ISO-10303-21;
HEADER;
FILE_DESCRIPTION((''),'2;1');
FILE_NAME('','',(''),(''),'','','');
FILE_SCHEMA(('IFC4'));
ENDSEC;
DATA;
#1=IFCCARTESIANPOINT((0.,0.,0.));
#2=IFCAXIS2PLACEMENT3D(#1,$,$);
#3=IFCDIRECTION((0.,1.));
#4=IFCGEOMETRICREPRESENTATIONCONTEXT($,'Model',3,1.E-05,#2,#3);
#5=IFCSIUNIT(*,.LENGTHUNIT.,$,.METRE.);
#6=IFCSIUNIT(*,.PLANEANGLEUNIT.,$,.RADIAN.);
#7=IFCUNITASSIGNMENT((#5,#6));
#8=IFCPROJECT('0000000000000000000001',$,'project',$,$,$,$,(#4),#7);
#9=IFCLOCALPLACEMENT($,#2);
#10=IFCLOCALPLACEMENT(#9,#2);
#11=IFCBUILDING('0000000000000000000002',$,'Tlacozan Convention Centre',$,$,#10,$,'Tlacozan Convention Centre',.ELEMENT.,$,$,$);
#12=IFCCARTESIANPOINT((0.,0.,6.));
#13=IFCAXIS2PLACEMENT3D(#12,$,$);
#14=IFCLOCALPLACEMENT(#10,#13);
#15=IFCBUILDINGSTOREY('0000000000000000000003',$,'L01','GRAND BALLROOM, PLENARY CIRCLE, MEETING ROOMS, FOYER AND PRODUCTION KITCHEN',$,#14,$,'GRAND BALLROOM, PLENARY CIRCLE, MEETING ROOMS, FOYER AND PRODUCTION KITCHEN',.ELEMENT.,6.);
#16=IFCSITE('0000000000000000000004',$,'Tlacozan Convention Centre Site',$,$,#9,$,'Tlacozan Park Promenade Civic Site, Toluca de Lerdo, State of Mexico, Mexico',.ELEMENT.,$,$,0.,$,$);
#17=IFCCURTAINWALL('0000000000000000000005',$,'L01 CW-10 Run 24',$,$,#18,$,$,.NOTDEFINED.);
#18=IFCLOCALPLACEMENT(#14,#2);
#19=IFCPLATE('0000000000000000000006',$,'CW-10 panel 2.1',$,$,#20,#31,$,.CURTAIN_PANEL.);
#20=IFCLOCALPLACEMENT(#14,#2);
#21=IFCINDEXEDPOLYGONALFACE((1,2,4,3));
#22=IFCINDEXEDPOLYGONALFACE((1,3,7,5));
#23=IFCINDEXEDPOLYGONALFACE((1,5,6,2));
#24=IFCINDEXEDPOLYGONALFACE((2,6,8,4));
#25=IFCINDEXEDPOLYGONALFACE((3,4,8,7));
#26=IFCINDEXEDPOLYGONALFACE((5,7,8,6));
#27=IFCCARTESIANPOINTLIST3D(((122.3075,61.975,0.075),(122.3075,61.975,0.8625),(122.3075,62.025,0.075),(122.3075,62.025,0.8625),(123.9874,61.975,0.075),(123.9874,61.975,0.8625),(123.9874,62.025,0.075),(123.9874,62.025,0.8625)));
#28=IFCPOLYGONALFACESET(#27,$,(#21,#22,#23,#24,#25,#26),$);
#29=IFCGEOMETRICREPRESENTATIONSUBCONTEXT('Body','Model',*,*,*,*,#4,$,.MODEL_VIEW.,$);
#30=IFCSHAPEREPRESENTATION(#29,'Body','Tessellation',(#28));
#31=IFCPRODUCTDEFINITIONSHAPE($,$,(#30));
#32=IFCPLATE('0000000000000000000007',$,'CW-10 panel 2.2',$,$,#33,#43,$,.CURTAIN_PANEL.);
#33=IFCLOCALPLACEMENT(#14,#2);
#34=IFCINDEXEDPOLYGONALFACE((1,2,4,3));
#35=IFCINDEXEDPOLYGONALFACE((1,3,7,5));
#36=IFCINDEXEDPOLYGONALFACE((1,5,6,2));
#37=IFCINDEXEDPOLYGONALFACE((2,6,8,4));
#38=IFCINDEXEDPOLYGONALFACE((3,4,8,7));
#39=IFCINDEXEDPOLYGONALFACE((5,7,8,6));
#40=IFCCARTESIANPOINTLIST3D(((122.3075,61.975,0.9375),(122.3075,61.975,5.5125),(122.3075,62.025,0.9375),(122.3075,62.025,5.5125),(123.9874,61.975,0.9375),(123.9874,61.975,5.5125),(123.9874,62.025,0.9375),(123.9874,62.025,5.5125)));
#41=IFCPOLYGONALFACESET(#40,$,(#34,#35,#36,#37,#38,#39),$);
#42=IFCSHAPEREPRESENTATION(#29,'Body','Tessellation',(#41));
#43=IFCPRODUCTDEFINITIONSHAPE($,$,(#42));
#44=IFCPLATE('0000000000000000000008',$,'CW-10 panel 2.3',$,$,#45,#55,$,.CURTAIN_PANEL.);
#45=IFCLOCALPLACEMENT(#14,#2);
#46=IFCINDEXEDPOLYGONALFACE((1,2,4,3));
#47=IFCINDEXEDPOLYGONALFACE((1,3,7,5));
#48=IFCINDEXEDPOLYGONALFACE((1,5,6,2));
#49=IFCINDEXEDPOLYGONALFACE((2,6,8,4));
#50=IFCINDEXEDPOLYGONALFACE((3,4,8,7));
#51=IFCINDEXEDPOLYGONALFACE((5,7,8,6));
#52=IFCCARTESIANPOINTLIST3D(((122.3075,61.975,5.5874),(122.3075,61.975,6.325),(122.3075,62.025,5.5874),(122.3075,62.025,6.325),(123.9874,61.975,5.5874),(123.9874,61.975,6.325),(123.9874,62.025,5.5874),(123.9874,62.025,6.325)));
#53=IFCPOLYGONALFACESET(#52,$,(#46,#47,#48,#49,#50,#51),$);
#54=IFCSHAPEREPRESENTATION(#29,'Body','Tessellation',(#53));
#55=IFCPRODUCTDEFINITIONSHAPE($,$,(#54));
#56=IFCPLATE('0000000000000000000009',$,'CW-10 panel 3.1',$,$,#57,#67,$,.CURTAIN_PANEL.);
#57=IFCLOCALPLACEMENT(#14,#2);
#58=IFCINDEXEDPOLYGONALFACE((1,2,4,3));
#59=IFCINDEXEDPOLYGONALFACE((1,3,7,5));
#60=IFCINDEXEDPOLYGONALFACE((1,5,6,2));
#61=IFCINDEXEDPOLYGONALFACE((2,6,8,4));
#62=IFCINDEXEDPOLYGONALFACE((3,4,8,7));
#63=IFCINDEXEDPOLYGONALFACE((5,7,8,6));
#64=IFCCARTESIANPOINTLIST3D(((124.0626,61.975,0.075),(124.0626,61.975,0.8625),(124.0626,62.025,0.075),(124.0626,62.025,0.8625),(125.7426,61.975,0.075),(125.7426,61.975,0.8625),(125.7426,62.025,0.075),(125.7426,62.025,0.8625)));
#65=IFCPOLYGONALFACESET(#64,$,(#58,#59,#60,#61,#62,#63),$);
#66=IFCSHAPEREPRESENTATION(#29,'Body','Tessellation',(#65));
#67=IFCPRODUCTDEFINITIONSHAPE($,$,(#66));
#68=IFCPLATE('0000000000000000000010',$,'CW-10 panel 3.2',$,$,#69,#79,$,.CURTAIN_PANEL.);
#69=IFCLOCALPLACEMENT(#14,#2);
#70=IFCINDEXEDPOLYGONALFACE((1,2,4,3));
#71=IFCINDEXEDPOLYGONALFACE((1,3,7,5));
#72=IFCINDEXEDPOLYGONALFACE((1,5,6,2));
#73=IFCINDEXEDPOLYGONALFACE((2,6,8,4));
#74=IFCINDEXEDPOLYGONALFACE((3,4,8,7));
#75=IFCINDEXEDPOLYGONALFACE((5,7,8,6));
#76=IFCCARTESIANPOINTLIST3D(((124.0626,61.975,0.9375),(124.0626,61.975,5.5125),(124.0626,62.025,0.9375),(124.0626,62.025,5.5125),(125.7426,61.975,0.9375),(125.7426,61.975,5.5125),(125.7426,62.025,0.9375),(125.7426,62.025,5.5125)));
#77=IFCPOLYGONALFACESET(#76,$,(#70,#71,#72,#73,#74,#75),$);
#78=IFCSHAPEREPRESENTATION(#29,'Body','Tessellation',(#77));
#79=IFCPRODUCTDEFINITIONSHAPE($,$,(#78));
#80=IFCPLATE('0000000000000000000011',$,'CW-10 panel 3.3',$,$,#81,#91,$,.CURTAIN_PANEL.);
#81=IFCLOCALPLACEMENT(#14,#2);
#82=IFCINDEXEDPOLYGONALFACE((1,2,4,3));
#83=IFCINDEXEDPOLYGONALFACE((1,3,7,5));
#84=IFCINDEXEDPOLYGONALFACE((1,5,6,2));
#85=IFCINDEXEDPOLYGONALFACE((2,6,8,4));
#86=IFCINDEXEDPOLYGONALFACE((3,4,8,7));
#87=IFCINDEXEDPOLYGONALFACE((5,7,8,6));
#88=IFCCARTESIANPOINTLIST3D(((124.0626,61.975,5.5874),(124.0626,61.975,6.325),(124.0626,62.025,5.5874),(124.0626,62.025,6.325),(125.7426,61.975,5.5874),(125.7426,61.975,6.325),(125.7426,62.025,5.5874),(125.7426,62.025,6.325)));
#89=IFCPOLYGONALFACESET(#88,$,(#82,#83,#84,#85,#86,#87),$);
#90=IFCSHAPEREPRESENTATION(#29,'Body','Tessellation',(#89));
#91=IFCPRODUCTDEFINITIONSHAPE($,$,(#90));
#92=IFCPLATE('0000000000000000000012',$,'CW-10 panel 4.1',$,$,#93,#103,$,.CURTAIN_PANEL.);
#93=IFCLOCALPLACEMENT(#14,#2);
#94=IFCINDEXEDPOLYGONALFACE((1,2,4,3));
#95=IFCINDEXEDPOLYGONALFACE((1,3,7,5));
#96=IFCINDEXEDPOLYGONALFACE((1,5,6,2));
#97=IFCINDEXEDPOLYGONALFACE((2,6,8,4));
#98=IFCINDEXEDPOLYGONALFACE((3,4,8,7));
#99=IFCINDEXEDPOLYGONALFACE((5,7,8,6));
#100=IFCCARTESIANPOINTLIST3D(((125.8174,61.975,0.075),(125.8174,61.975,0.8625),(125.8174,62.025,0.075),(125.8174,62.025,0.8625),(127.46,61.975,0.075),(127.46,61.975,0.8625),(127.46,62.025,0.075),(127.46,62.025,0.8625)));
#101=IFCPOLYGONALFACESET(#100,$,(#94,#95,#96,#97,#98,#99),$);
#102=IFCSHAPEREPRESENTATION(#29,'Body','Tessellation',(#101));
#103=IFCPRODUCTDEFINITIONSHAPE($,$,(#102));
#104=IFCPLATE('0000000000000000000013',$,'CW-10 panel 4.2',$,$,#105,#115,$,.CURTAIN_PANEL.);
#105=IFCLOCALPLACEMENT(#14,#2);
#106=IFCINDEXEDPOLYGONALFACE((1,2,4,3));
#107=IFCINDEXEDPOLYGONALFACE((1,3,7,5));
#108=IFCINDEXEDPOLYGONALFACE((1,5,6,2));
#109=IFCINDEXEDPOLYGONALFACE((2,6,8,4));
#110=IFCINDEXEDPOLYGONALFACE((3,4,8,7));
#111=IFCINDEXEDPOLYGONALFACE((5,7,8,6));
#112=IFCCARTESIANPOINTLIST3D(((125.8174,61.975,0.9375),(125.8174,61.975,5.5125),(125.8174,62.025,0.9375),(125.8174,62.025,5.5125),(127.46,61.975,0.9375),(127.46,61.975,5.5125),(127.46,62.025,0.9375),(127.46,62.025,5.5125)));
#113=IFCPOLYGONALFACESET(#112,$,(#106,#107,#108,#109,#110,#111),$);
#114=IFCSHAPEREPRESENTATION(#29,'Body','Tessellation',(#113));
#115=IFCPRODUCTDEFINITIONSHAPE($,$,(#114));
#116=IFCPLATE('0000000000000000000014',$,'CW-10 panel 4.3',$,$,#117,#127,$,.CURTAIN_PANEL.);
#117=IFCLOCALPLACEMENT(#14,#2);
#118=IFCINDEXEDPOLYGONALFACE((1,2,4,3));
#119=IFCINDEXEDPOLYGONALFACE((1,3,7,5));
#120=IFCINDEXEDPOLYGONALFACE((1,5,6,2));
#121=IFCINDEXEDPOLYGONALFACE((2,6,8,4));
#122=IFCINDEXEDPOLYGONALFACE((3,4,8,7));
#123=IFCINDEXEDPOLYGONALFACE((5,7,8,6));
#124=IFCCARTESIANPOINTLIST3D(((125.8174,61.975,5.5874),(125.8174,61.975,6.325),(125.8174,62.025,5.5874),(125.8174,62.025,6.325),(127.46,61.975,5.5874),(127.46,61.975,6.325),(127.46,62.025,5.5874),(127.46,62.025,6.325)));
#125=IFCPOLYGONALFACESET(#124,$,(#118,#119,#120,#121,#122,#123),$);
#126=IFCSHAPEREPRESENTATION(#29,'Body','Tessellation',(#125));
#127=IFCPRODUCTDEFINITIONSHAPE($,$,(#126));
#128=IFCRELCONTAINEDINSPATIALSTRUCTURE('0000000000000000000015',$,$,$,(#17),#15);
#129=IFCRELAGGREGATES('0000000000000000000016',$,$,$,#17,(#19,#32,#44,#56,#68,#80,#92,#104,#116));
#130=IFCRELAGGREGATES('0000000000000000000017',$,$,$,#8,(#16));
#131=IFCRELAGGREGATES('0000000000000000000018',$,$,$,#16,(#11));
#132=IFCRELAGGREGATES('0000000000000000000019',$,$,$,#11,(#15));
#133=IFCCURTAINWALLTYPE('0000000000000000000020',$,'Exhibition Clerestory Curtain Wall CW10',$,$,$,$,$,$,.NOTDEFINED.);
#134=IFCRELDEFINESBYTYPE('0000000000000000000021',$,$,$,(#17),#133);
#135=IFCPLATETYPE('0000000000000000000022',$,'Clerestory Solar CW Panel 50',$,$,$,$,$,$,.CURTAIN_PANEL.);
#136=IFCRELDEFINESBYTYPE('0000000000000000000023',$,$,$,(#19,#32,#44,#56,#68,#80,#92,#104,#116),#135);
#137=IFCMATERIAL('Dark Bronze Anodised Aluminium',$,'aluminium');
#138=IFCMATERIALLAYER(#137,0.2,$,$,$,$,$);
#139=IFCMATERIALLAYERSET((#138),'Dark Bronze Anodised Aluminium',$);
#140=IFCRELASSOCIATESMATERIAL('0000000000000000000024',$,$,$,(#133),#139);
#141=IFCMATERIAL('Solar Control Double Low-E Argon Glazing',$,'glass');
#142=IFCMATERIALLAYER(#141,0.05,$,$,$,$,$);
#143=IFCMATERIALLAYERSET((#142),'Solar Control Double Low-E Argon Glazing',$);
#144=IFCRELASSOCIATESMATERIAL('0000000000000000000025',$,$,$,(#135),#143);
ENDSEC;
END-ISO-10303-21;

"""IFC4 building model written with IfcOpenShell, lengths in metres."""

from ifc_helpers import new_model, si_unit, direction, frame, origin, origin_2d, place, context, subcontext, project, spatial, rectangle, extrude, material, layer, layer_set, type_object, element, aggregate, save


model = new_model("IFC4")

# Units and contexts
model_context = context("Model", 3, precision=1e-05, world=origin(), true_north=direction((0.0, 1.0)))
body_context = subcontext(model_context, "Body", "Model", "MODEL_VIEW")
ifc_project = project(units=[si_unit("LENGTHUNIT", "METRE"), si_unit("PLANEANGLEUNIT", "RADIAN")], contexts=[model_context])

# Site, building, storey
site_placement = place(None, origin())
site = spatial("IfcSite", under=ifc_project, at=site_placement, Name="Tlacozan Convention Centre Site", LongName="Tlacozan Park Promenade Civic Site, Toluca de Lerdo, State of Mexico, Mexico", CompositionType="ELEMENT", RefElevation=0.0)
building_placement = place(site_placement, origin())
building = spatial("IfcBuilding", under=site, at=building_placement, Name="Tlacozan Convention Centre", LongName="Tlacozan Convention Centre", CompositionType="ELEMENT")
storey_placement = place(building_placement, frame((0.0, 0.0, 6.0)))
storey = spatial("IfcBuildingStorey", under=building, at=storey_placement, Name="L01", Description="GRAND BALLROOM, PLENARY CIRCLE, MEETING ROOMS, FOYER AND PRODUCTION KITCHEN", LongName="GRAND BALLROOM, PLENARY CIRCLE, MEETING ROOMS, FOYER AND PRODUCTION KITCHEN", CompositionType="ELEMENT", Elevation=6.0)

# Curtain wall, plates
ifc_material_1 = material(Name="Dark Bronze Anodised Aluminium", Category="aluminium")
ifc_layer_1 = layer(ifc_material_1, 0.2)
ifc_layer_set_1 = layer_set([ifc_layer_1], Name="Dark Bronze Anodised Aluminium")
curtain_wall_type = type_object("IfcCurtainWallType", Name="Exhibition Clerestory Curtain Wall CW10", PredefinedType="NOTDEFINED", material=ifc_layer_set_1)
curtain_wall_placement = place(storey_placement, origin())
curtain_wall = element("IfcCurtainWall", 1, at=curtain_wall_placement, inside=storey, type_object=curtain_wall_type, Name="L01 CW-10 Run 24", PredefinedType="NOTDEFINED")
ifc_material_2 = material(Name="Solar Control Double Low-E Argon Glazing", Category="glass")
ifc_layer_2 = layer(ifc_material_2, 0.05)
ifc_layer_set_2 = layer_set([ifc_layer_2], Name="Solar Control Double Low-E Argon Glazing")
plate_type = type_object("IfcPlateType", Name="Clerestory Solar CW Panel 50", PredefinedType="CURTAIN_PANEL", material=ifc_layer_set_2)
plate_1_placement = place(storey_placement, frame((123.1475, 62.0, 0.075), z_axis=(0.0, 0.0, 1.0), x_axis=(1.0, 0.0, 0.0)))
plate_1 = element("IfcPlate", 2, at=plate_1_placement, type_object=plate_type, Name="CW-10 panel 2.1", PredefinedType="CURTAIN_PANEL", context=body_context, shape_type="SweptSolid", body=[
    extrude(rectangle(XDim=1.6799, YDim=0.05, at=origin_2d()), origin(), (0.0, 0.0, 1.0), 0.7876),
])
plate_2_placement = place(storey_placement, frame((123.1475, 62.0, 0.9375), z_axis=(0.0, 0.0, 1.0), x_axis=(1.0, 0.0, 0.0)))
plate_2 = element("IfcPlate", 3, at=plate_2_placement, type_object=plate_type, Name="CW-10 panel 2.2", PredefinedType="CURTAIN_PANEL", context=body_context, shape_type="SweptSolid", body=[
    extrude(rectangle(XDim=1.6799, YDim=0.05, at=origin_2d()), origin(), (0.0, 0.0, 1.0), 4.575),
])
plate_3_placement = place(storey_placement, frame((123.1475, 62.0, 5.5874), z_axis=(0.0, 0.0, 1.0), x_axis=(1.0, 0.0, 0.0)))
plate_3 = element("IfcPlate", 4, at=plate_3_placement, type_object=plate_type, Name="CW-10 panel 2.3", PredefinedType="CURTAIN_PANEL", context=body_context, shape_type="SweptSolid", body=[
    extrude(rectangle(XDim=1.6799, YDim=0.05, at=origin_2d()), origin(), (0.0, 0.0, 1.0), 0.7375),
])
plate_4_placement = place(storey_placement, frame((124.9026, 62.0, 0.075), z_axis=(0.0, 0.0, 1.0), x_axis=(1.0, 0.0, 0.0)))
plate_4 = element("IfcPlate", 5, at=plate_4_placement, type_object=plate_type, Name="CW-10 panel 3.1", PredefinedType="CURTAIN_PANEL", context=body_context, shape_type="SweptSolid", body=[
    extrude(rectangle(XDim=1.6799, YDim=0.05, at=origin_2d()), origin(), (0.0, 0.0, 1.0), 0.7876),
])
plate_5_placement = place(storey_placement, frame((124.9026, 62.0, 0.9375), z_axis=(0.0, 0.0, 1.0), x_axis=(1.0, 0.0, 0.0)))
plate_5 = element("IfcPlate", 6, at=plate_5_placement, type_object=plate_type, Name="CW-10 panel 3.2", PredefinedType="CURTAIN_PANEL", context=body_context, shape_type="SweptSolid", body=[
    extrude(rectangle(XDim=1.6799, YDim=0.05, at=origin_2d()), origin(), (0.0, 0.0, 1.0), 4.575),
])
plate_6_placement = place(storey_placement, frame((124.9026, 62.0, 5.5874), z_axis=(0.0, 0.0, 1.0), x_axis=(1.0, 0.0, 0.0)))
plate_6 = element("IfcPlate", 7, at=plate_6_placement, type_object=plate_type, Name="CW-10 panel 3.3", PredefinedType="CURTAIN_PANEL", context=body_context, shape_type="SweptSolid", body=[
    extrude(rectangle(XDim=1.6799, YDim=0.05, at=origin_2d()), origin(), (0.0, 0.0, 1.0), 0.7375),
])
plate_7_placement = place(storey_placement, frame((126.6387, 62.0, 0.075), z_axis=(0.0, 0.0, 1.0), x_axis=(1.0, 0.0, 0.0)))
plate_7 = element("IfcPlate", 8, at=plate_7_placement, type_object=plate_type, Name="CW-10 panel 4.1", PredefinedType="CURTAIN_PANEL", context=body_context, shape_type="SweptSolid", body=[
    extrude(rectangle(XDim=1.6426, YDim=0.05, at=origin_2d()), origin(), (0.0, 0.0, 1.0), 0.7876),
])
plate_8_placement = place(storey_placement, frame((126.6387, 62.0, 0.9375), z_axis=(0.0, 0.0, 1.0), x_axis=(1.0, 0.0, 0.0)))
plate_8 = element("IfcPlate", 9, at=plate_8_placement, type_object=plate_type, Name="CW-10 panel 4.2", PredefinedType="CURTAIN_PANEL", context=body_context, shape_type="SweptSolid", body=[
    extrude(rectangle(XDim=1.6426, YDim=0.05, at=origin_2d()), origin(), (0.0, 0.0, 1.0), 4.575),
])
plate_9_placement = place(storey_placement, frame((126.6387, 62.0, 5.5874), z_axis=(0.0, 0.0, 1.0), x_axis=(1.0, 0.0, 0.0)))
plate_9 = element("IfcPlate", 10, at=plate_9_placement, type_object=plate_type, Name="CW-10 panel 4.3", PredefinedType="CURTAIN_PANEL", context=body_context, shape_type="SweptSolid", body=[
    extrude(rectangle(XDim=1.6426, YDim=0.05, at=origin_2d()), origin(), (0.0, 0.0, 1.0), 0.7375),
])
aggregate(curtain_wall, [plate_1, plate_2, plate_3, plate_4, plate_5, plate_6, plate_7, plate_8, plate_9])

save(model, "model.ifc")
